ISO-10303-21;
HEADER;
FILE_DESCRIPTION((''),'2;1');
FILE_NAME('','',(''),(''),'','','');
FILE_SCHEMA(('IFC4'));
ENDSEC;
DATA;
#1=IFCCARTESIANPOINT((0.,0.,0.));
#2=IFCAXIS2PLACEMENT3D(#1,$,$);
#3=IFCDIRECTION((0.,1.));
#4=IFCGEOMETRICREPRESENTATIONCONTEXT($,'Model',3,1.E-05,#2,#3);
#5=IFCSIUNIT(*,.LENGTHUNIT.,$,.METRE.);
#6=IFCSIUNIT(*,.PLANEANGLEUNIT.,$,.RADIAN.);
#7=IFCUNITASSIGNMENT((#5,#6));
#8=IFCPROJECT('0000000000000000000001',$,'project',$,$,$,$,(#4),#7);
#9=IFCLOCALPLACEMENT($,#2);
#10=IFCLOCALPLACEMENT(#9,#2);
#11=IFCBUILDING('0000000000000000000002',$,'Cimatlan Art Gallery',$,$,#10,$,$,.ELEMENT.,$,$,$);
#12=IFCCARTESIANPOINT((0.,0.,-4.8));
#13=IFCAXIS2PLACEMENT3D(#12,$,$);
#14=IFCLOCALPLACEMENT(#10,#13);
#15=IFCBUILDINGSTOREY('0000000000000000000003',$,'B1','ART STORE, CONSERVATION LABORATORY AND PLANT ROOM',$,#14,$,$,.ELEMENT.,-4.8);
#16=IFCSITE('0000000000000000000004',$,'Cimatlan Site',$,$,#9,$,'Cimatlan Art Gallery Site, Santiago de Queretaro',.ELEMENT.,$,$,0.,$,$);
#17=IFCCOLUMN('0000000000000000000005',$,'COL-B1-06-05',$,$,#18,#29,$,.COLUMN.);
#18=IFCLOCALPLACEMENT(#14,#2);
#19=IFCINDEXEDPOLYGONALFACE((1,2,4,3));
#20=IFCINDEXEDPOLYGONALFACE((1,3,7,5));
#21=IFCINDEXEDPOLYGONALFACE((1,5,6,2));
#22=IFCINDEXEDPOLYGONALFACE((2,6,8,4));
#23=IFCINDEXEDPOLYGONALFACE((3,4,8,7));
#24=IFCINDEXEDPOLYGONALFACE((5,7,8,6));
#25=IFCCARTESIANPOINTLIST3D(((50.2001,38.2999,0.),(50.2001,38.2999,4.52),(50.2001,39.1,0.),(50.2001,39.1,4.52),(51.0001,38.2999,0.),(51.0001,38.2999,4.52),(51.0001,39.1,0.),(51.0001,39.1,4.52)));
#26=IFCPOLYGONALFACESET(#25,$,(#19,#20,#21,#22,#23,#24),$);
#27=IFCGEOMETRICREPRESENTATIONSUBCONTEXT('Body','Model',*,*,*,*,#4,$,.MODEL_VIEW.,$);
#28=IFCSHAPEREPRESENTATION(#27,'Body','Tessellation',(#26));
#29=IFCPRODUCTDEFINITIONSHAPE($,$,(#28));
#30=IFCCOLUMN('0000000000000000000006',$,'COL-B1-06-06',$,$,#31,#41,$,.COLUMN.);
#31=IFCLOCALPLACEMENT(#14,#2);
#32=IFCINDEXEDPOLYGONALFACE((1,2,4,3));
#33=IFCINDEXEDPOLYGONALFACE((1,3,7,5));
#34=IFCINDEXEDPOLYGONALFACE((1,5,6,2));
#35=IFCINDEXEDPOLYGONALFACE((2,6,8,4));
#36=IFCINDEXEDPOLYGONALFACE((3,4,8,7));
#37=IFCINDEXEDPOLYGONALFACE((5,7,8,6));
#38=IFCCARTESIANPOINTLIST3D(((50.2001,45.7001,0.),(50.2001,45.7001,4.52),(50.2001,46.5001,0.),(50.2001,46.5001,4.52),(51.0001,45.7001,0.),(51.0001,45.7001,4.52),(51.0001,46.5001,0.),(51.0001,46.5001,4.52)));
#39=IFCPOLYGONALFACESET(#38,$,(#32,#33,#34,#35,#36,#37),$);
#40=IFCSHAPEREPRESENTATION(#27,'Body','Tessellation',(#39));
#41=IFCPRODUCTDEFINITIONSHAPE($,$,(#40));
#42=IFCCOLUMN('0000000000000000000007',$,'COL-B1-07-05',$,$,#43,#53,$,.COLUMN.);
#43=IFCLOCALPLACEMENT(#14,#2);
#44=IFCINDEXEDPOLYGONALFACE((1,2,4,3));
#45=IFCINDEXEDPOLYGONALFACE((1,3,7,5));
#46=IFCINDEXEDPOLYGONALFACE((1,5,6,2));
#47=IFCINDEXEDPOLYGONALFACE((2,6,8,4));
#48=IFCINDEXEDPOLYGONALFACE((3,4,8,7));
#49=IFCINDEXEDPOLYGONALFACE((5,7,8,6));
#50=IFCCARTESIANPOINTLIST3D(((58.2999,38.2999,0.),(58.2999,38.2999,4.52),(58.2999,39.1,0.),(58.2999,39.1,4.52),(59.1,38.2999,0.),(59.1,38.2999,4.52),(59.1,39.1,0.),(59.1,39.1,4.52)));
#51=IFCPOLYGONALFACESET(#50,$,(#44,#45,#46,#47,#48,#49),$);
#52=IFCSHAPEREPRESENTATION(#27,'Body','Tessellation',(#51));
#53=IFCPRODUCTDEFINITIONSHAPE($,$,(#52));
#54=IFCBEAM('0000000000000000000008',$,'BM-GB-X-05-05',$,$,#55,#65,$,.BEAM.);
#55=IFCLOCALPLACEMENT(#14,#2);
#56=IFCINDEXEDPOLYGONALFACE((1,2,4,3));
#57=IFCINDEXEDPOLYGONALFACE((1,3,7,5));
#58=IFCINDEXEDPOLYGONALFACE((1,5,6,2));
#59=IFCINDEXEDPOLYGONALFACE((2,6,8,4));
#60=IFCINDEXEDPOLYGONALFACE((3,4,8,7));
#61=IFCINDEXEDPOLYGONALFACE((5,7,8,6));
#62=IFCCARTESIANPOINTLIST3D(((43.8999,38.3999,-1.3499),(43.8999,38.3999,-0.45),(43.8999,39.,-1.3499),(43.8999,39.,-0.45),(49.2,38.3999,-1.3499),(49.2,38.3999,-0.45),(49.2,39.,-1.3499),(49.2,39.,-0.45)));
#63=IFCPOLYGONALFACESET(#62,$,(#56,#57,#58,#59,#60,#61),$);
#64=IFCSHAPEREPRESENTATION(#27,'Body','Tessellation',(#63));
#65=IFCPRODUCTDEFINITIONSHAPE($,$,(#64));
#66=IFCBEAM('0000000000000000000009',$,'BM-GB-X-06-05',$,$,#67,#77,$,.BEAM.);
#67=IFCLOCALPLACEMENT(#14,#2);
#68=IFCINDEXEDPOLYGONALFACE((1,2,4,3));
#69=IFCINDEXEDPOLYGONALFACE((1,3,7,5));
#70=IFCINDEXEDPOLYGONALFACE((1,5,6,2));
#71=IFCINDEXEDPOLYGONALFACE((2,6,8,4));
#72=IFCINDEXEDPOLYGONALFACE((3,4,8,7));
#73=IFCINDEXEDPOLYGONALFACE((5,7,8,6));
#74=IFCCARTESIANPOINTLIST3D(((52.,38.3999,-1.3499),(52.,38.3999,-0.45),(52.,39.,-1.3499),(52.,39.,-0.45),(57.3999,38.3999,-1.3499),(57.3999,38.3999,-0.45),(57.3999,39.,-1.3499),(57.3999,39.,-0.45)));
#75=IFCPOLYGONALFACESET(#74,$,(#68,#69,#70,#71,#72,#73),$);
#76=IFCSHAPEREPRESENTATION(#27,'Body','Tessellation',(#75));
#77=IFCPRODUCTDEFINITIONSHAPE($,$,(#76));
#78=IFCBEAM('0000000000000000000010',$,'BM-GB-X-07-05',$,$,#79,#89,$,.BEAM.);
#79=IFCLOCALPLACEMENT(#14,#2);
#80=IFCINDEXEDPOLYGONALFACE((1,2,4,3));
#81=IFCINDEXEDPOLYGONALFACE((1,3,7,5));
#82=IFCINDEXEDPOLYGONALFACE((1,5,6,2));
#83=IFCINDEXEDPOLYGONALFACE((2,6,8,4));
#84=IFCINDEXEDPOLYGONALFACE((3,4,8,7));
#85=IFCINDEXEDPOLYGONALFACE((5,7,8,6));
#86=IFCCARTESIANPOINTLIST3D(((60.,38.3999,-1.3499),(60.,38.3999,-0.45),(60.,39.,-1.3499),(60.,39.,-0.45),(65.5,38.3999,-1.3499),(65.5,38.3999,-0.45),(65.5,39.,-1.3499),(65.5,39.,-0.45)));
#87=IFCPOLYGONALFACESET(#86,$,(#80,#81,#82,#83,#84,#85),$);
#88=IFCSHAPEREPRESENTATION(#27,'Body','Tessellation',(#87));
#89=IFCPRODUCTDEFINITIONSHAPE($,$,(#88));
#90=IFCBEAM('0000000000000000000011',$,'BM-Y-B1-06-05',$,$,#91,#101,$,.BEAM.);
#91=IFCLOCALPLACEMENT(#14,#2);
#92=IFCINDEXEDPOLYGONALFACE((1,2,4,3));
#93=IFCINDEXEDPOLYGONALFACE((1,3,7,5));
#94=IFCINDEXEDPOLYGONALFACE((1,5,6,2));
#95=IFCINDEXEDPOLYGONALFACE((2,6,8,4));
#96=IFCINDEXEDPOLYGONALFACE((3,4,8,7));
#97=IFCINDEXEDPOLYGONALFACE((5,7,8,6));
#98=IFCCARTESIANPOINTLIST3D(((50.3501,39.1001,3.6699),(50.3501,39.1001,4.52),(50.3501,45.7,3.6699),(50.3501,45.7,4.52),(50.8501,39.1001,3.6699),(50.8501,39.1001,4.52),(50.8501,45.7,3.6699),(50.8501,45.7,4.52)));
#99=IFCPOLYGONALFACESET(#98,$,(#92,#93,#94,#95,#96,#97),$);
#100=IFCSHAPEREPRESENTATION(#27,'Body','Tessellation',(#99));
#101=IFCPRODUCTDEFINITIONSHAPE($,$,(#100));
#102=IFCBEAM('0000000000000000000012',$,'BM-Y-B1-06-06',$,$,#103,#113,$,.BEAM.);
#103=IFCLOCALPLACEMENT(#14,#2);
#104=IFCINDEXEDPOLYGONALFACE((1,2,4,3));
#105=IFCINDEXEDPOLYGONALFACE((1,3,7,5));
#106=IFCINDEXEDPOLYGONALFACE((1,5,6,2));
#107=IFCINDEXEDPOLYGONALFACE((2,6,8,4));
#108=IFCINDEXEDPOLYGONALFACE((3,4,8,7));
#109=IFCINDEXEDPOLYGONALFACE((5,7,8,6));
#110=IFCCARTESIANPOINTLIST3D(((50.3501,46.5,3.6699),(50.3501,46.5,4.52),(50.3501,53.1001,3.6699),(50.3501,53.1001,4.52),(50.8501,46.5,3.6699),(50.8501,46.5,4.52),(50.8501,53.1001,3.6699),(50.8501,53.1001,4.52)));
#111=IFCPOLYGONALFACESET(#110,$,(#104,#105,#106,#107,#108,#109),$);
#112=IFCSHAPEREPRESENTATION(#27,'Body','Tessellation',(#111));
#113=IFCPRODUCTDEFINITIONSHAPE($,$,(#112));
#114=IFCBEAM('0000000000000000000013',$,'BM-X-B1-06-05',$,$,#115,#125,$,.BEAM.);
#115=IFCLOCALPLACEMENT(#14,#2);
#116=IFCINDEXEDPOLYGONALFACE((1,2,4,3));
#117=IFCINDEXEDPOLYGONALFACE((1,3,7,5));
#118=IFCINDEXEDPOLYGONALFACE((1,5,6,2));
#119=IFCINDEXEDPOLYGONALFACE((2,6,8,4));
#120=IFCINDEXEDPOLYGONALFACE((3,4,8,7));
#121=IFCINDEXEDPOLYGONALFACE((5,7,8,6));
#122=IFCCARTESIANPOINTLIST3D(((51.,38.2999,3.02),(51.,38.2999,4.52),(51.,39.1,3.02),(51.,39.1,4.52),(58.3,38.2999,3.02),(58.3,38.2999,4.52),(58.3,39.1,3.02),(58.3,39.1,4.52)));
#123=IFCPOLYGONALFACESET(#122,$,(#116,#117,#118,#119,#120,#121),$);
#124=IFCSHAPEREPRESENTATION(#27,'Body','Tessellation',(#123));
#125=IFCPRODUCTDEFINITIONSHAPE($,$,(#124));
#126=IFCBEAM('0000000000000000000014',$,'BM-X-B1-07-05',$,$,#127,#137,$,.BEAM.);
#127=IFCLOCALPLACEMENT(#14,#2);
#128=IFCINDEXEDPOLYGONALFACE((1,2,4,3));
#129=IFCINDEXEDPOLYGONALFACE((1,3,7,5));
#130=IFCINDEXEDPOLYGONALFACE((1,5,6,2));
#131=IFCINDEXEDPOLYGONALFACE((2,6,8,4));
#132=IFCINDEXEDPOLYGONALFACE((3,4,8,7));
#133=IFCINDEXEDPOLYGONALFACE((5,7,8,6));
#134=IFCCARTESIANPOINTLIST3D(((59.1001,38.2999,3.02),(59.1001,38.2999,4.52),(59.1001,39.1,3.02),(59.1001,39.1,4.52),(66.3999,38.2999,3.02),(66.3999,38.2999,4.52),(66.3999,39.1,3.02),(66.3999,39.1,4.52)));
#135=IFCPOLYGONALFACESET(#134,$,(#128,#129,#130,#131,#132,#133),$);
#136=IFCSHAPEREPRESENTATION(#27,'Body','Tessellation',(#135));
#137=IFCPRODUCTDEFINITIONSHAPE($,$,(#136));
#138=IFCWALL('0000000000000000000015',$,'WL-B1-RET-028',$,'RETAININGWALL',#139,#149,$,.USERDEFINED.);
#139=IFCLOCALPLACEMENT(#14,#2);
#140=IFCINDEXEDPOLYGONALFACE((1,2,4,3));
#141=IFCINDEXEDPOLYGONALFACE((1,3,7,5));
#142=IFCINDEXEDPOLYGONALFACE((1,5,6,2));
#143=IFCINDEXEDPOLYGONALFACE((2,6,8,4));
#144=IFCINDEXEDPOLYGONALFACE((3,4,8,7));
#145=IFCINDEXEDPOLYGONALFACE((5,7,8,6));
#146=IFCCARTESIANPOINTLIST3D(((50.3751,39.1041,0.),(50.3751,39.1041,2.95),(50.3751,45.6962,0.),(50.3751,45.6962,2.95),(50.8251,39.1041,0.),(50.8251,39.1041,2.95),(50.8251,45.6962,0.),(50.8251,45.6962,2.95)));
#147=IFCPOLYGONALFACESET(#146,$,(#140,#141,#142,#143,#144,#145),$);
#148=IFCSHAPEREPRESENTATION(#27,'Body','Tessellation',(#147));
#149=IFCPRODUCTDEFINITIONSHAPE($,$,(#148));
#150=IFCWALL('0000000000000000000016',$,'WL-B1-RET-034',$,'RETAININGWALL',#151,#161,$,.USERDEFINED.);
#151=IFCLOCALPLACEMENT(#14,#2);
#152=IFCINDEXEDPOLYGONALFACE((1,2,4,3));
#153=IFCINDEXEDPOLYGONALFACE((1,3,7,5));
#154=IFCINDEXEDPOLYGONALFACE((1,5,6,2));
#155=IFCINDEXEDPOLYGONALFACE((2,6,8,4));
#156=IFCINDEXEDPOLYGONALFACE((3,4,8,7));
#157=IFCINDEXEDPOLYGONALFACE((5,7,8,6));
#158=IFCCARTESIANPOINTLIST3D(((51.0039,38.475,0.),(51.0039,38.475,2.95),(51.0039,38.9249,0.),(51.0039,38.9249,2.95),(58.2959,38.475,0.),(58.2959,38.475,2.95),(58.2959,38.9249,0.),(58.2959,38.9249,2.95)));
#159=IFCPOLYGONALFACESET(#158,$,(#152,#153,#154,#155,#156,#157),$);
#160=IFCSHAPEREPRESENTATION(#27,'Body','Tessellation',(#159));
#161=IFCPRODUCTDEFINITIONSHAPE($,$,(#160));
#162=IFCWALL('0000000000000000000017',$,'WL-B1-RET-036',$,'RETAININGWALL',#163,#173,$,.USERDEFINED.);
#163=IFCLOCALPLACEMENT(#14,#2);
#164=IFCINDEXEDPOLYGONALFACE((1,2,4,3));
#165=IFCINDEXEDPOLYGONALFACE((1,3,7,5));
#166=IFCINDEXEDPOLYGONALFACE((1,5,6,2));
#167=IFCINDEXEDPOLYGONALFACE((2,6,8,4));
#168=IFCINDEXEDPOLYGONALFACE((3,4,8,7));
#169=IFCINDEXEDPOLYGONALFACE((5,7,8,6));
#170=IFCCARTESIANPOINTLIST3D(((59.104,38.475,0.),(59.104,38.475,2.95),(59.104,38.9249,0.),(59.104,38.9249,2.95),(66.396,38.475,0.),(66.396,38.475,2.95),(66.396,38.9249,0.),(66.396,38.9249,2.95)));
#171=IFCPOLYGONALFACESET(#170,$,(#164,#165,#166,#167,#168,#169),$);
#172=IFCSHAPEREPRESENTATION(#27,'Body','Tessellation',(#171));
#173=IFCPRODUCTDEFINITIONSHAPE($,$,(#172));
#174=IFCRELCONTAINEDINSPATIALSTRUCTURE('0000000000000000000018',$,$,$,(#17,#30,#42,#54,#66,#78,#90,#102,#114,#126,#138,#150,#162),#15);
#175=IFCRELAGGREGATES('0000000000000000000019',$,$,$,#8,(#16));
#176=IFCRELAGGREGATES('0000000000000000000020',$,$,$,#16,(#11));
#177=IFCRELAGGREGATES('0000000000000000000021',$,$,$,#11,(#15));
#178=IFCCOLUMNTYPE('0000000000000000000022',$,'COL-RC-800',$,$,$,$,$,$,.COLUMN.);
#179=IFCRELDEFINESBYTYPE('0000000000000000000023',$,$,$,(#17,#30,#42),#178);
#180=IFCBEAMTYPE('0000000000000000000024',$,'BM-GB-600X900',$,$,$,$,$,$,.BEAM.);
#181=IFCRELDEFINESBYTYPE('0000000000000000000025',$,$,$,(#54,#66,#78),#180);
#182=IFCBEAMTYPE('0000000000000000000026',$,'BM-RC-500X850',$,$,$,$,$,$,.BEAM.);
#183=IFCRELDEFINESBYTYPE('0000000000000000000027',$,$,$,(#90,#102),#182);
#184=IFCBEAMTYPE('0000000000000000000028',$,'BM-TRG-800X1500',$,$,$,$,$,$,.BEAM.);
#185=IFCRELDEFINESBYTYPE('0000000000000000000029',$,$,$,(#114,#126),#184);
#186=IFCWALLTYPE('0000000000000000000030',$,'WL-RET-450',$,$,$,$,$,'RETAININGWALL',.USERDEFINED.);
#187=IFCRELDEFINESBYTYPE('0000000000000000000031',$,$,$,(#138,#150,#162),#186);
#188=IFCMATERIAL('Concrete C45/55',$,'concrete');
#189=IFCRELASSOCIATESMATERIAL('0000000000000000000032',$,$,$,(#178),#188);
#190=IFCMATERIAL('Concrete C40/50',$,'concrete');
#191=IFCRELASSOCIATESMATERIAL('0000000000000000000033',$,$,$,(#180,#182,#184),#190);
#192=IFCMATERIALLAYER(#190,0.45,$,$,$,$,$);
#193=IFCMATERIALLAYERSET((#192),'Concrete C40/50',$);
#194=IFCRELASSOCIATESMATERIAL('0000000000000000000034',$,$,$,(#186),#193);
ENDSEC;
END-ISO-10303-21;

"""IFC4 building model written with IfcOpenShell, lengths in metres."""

from ifc_helpers import new_model, si_unit, direction, frame, frame_2d, origin, origin_2d, place, context, subcontext, project, spatial, rectangle, extrude, material, layer, layer_set, material_profile, profile_set, type_object, element, save


model = new_model("IFC4")

# Units and contexts
model_context = context("Model", 3, precision=1e-05, world=origin(), true_north=direction((0.0, 1.0)))
body_context = subcontext(model_context, "Body", "Model", "MODEL_VIEW")
ifc_project = project(units=[si_unit("LENGTHUNIT", "METRE"), si_unit("PLANEANGLEUNIT", "RADIAN")], contexts=[model_context])

# Site, building, storey
site_placement = place(None, origin())
site = spatial("IfcSite", under=ifc_project, at=site_placement, Name="Cimatlan Site", LongName="Cimatlan Art Gallery Site, Santiago de Queretaro", CompositionType="ELEMENT", RefElevation=0.0)
building_placement = place(site_placement, origin())
building = spatial("IfcBuilding", under=site, at=building_placement, Name="Cimatlan Art Gallery", CompositionType="ELEMENT")
storey_placement = place(building_placement, frame((0.0, 0.0, -4.8)))
storey = spatial("IfcBuildingStorey", under=building, at=storey_placement, Name="B1", Description="ART STORE, CONSERVATION LABORATORY AND PLANT ROOM", CompositionType="ELEMENT", Elevation=-4.8)

# Shared definitions
ifc_material_1 = material(Name="Concrete C40/50", Category="concrete")

# Columns
ifc_material_2 = material(Name="Concrete C45/55", Category="concrete")
ifc_material_profile_1 = material_profile(ifc_material_2, rectangle(XDim=0.8, YDim=0.8, at=origin_2d()), Name="RC800X800")
ifc_profile_set_1 = profile_set([ifc_material_profile_1], Name="Concrete C45/55")
column_type = type_object("IfcColumnType", Name="COL-RC-800", PredefinedType="COLUMN", material=ifc_profile_set_1)
for number, where, z_axis, x_axis, name in (
    (1, (50.6001, 38.7, 0.0), (0.0, 0.0, 1.0), (1.0, 0.0, 0.0), "COL-B1-06-05"),
    (2, (50.6001, 46.1001, 0.0), (0.0, 0.0, 1.0), (1.0, 0.0, 0.0), "COL-B1-06-06"),
    (3, (58.7, 38.7, 0.0), (0.0, 0.0, 1.0), (1.0, 0.0, 0.0), "COL-B1-07-05"),
):
    element("IfcColumn", number, at=place(storey_placement, frame(where, z_axis=z_axis, x_axis=x_axis)), inside=storey, type_object=column_type, Name=name, PredefinedType="COLUMN", context=body_context, shape_type="SweptSolid", body=[
        extrude(rectangle(XDim=0.8, YDim=0.8, at=origin_2d()), origin(), (0.0, 0.0, 1.0), 4.52),
    ])

# Beams
ifc_material_profile_2 = material_profile(ifc_material_1, rectangle(XDim=0.6001, YDim=0.8999, at=origin_2d()), Name="RC600X900")
ifc_profile_set_2 = profile_set([ifc_material_profile_2], Name="Concrete C40/50")
beam_type_1 = type_object("IfcBeamType", Name="BM-GB-600X900", PredefinedType="BEAM", material=ifc_profile_set_2)
beam_1_placement = place(storey_placement, frame((43.8999, 38.7, -0.8999), z_axis=(1.0, 0.0, 0.0), x_axis=(0.0, 1.0, 0.0)))
element("IfcBeam", 4, at=beam_1_placement, inside=storey, type_object=beam_type_1, Name="BM-GB-X-05-05", PredefinedType="BEAM", context=body_context, shape_type="SweptSolid", body=[
    extrude(rectangle(XDim=0.6001, YDim=0.8999, at=origin_2d()), origin(), (0.0, 0.0, 1.0), 5.3),
])
beam_2_placement = place(storey_placement, frame((52.0, 38.7, -0.8999), z_axis=(1.0, 0.0, 0.0), x_axis=(0.0, 1.0, 0.0)))
element("IfcBeam", 5, at=beam_2_placement, inside=storey, type_object=beam_type_1, Name="BM-GB-X-06-05", PredefinedType="BEAM", context=body_context, shape_type="SweptSolid", body=[
    extrude(rectangle(XDim=0.6001, YDim=0.8999, at=origin_2d()), origin(), (0.0, 0.0, 1.0), 5.3999),
])
beam_3_placement = place(storey_placement, frame((60.0, 38.7, -0.8999), z_axis=(1.0, 0.0, 0.0), x_axis=(0.0, 1.0, 0.0)))
element("IfcBeam", 6, at=beam_3_placement, inside=storey, type_object=beam_type_1, Name="BM-GB-X-07-05", PredefinedType="BEAM", context=body_context, shape_type="SweptSolid", body=[
    extrude(rectangle(XDim=0.6001, YDim=0.8999, at=origin_2d()), origin(), (0.0, 0.0, 1.0), 5.5),
])
ifc_material_profile_3 = material_profile(ifc_material_1, rectangle(XDim=0.5, YDim=0.8501, at=origin_2d()), Name="RC500X850")
ifc_profile_set_3 = profile_set([ifc_material_profile_3], Name="Concrete C40/50")
beam_type_2 = type_object("IfcBeamType", Name="BM-RC-500X850", PredefinedType="BEAM", material=ifc_profile_set_3)
beam_4_placement = place(storey_placement, frame((50.6001, 39.1001, 4.095), z_axis=(0.0, 1.0, 0.0), x_axis=(-1.0, 0.0, 0.0)))
element("IfcBeam", 7, at=beam_4_placement, inside=storey, type_object=beam_type_2, Name="BM-Y-B1-06-05", PredefinedType="BEAM", context=body_context, shape_type="SweptSolid", body=[
    extrude(rectangle(XDim=0.5, YDim=0.8501, at=origin_2d()), origin(), (0.0, 0.0, 1.0), 6.5999),
])
beam_5_placement = place(storey_placement, frame((50.6001, 46.5, 4.095), z_axis=(0.0, 1.0, 0.0), x_axis=(-1.0, 0.0, 0.0)))
element("IfcBeam", 8, at=beam_5_placement, inside=storey, type_object=beam_type_2, Name="BM-Y-B1-06-06", PredefinedType="BEAM", context=body_context, shape_type="SweptSolid", body=[
    extrude(rectangle(XDim=0.5, YDim=0.8501, at=origin_2d()), origin(), (0.0, 0.0, 1.0), 6.6001),
])
ifc_material_profile_4 = material_profile(ifc_material_1, rectangle(XDim=0.8, YDim=1.5, at=origin_2d()), Name="RC800X1500")
ifc_profile_set_4 = profile_set([ifc_material_profile_4], Name="Concrete C40/50")
beam_type_3 = type_object("IfcBeamType", Name="BM-TRG-800X1500", PredefinedType="BEAM", material=ifc_profile_set_4)
beam_6_placement = place(storey_placement, frame((51.0, 38.7, 3.77), z_axis=(1.0, 0.0, 0.0), x_axis=(0.0, 1.0, 0.0)))
element("IfcBeam", 9, at=beam_6_placement, inside=storey, type_object=beam_type_3, Name="BM-X-B1-06-05", PredefinedType="BEAM", context=body_context, shape_type="SweptSolid", body=[
    extrude(rectangle(XDim=0.8, YDim=1.5, at=origin_2d()), origin(), (0.0, 0.0, 1.0), 7.3),
])
beam_7_placement = place(storey_placement, frame((59.1001, 38.7, 3.77), z_axis=(1.0, 0.0, 0.0), x_axis=(0.0, 1.0, 0.0)))
element("IfcBeam", 10, at=beam_7_placement, inside=storey, type_object=beam_type_3, Name="BM-X-B1-07-05", PredefinedType="BEAM", context=body_context, shape_type="SweptSolid", body=[
    extrude(rectangle(XDim=0.8, YDim=1.5, at=origin_2d()), origin(), (0.0, 0.0, 1.0), 7.2998),
])

# Walls
ifc_layer = layer(ifc_material_1, 0.45)
ifc_layer_set = layer_set([ifc_layer], Name="Concrete C40/50")
wall_type = type_object("IfcWallType", Name="WL-RET-450", ElementType="RETAININGWALL", PredefinedType="USERDEFINED", material=ifc_layer_set)
wall_placement = place(storey_placement, frame((50.6001, 45.696, 0.0), z_axis=(0.0, 0.0, 1.0), x_axis=(0.0, -1.0, 0.0)))
element("IfcWall", 11, at=wall_placement, inside=storey, type_object=wall_type, Name="WL-B1-RET-028", ObjectType="RETAININGWALL", PredefinedType="USERDEFINED", context=body_context, shape_type="SweptSolid", body=[
    extrude(rectangle(XDim=6.592, YDim=0.45, at=frame_2d((3.2959, 0.0))), origin(), (0.0, 0.0, 1.0), 2.95),
])
for number, where, z_axis, x_axis, name in (
    (12, (51.0039, 38.7, 0.0), (0.0, 0.0, 1.0), (1.0, 0.0, 0.0), "WL-B1-RET-034"),
    (13, (59.104, 38.7, 0.0), (0.0, 0.0, 1.0), (1.0, 0.0, 0.0), "WL-B1-RET-036"),
):
    element("IfcWall", number, at=place(storey_placement, frame(where, z_axis=z_axis, x_axis=x_axis)), inside=storey, type_object=wall_type, Name=name, ObjectType="RETAININGWALL", PredefinedType="USERDEFINED", context=body_context, shape_type="SweptSolid", body=[
        extrude(rectangle(XDim=7.292, YDim=0.45, at=frame_2d((3.646, 0.0))), origin(), (0.0, 0.0, 1.0), 2.95),
    ])

save(model, "model.ifc")
